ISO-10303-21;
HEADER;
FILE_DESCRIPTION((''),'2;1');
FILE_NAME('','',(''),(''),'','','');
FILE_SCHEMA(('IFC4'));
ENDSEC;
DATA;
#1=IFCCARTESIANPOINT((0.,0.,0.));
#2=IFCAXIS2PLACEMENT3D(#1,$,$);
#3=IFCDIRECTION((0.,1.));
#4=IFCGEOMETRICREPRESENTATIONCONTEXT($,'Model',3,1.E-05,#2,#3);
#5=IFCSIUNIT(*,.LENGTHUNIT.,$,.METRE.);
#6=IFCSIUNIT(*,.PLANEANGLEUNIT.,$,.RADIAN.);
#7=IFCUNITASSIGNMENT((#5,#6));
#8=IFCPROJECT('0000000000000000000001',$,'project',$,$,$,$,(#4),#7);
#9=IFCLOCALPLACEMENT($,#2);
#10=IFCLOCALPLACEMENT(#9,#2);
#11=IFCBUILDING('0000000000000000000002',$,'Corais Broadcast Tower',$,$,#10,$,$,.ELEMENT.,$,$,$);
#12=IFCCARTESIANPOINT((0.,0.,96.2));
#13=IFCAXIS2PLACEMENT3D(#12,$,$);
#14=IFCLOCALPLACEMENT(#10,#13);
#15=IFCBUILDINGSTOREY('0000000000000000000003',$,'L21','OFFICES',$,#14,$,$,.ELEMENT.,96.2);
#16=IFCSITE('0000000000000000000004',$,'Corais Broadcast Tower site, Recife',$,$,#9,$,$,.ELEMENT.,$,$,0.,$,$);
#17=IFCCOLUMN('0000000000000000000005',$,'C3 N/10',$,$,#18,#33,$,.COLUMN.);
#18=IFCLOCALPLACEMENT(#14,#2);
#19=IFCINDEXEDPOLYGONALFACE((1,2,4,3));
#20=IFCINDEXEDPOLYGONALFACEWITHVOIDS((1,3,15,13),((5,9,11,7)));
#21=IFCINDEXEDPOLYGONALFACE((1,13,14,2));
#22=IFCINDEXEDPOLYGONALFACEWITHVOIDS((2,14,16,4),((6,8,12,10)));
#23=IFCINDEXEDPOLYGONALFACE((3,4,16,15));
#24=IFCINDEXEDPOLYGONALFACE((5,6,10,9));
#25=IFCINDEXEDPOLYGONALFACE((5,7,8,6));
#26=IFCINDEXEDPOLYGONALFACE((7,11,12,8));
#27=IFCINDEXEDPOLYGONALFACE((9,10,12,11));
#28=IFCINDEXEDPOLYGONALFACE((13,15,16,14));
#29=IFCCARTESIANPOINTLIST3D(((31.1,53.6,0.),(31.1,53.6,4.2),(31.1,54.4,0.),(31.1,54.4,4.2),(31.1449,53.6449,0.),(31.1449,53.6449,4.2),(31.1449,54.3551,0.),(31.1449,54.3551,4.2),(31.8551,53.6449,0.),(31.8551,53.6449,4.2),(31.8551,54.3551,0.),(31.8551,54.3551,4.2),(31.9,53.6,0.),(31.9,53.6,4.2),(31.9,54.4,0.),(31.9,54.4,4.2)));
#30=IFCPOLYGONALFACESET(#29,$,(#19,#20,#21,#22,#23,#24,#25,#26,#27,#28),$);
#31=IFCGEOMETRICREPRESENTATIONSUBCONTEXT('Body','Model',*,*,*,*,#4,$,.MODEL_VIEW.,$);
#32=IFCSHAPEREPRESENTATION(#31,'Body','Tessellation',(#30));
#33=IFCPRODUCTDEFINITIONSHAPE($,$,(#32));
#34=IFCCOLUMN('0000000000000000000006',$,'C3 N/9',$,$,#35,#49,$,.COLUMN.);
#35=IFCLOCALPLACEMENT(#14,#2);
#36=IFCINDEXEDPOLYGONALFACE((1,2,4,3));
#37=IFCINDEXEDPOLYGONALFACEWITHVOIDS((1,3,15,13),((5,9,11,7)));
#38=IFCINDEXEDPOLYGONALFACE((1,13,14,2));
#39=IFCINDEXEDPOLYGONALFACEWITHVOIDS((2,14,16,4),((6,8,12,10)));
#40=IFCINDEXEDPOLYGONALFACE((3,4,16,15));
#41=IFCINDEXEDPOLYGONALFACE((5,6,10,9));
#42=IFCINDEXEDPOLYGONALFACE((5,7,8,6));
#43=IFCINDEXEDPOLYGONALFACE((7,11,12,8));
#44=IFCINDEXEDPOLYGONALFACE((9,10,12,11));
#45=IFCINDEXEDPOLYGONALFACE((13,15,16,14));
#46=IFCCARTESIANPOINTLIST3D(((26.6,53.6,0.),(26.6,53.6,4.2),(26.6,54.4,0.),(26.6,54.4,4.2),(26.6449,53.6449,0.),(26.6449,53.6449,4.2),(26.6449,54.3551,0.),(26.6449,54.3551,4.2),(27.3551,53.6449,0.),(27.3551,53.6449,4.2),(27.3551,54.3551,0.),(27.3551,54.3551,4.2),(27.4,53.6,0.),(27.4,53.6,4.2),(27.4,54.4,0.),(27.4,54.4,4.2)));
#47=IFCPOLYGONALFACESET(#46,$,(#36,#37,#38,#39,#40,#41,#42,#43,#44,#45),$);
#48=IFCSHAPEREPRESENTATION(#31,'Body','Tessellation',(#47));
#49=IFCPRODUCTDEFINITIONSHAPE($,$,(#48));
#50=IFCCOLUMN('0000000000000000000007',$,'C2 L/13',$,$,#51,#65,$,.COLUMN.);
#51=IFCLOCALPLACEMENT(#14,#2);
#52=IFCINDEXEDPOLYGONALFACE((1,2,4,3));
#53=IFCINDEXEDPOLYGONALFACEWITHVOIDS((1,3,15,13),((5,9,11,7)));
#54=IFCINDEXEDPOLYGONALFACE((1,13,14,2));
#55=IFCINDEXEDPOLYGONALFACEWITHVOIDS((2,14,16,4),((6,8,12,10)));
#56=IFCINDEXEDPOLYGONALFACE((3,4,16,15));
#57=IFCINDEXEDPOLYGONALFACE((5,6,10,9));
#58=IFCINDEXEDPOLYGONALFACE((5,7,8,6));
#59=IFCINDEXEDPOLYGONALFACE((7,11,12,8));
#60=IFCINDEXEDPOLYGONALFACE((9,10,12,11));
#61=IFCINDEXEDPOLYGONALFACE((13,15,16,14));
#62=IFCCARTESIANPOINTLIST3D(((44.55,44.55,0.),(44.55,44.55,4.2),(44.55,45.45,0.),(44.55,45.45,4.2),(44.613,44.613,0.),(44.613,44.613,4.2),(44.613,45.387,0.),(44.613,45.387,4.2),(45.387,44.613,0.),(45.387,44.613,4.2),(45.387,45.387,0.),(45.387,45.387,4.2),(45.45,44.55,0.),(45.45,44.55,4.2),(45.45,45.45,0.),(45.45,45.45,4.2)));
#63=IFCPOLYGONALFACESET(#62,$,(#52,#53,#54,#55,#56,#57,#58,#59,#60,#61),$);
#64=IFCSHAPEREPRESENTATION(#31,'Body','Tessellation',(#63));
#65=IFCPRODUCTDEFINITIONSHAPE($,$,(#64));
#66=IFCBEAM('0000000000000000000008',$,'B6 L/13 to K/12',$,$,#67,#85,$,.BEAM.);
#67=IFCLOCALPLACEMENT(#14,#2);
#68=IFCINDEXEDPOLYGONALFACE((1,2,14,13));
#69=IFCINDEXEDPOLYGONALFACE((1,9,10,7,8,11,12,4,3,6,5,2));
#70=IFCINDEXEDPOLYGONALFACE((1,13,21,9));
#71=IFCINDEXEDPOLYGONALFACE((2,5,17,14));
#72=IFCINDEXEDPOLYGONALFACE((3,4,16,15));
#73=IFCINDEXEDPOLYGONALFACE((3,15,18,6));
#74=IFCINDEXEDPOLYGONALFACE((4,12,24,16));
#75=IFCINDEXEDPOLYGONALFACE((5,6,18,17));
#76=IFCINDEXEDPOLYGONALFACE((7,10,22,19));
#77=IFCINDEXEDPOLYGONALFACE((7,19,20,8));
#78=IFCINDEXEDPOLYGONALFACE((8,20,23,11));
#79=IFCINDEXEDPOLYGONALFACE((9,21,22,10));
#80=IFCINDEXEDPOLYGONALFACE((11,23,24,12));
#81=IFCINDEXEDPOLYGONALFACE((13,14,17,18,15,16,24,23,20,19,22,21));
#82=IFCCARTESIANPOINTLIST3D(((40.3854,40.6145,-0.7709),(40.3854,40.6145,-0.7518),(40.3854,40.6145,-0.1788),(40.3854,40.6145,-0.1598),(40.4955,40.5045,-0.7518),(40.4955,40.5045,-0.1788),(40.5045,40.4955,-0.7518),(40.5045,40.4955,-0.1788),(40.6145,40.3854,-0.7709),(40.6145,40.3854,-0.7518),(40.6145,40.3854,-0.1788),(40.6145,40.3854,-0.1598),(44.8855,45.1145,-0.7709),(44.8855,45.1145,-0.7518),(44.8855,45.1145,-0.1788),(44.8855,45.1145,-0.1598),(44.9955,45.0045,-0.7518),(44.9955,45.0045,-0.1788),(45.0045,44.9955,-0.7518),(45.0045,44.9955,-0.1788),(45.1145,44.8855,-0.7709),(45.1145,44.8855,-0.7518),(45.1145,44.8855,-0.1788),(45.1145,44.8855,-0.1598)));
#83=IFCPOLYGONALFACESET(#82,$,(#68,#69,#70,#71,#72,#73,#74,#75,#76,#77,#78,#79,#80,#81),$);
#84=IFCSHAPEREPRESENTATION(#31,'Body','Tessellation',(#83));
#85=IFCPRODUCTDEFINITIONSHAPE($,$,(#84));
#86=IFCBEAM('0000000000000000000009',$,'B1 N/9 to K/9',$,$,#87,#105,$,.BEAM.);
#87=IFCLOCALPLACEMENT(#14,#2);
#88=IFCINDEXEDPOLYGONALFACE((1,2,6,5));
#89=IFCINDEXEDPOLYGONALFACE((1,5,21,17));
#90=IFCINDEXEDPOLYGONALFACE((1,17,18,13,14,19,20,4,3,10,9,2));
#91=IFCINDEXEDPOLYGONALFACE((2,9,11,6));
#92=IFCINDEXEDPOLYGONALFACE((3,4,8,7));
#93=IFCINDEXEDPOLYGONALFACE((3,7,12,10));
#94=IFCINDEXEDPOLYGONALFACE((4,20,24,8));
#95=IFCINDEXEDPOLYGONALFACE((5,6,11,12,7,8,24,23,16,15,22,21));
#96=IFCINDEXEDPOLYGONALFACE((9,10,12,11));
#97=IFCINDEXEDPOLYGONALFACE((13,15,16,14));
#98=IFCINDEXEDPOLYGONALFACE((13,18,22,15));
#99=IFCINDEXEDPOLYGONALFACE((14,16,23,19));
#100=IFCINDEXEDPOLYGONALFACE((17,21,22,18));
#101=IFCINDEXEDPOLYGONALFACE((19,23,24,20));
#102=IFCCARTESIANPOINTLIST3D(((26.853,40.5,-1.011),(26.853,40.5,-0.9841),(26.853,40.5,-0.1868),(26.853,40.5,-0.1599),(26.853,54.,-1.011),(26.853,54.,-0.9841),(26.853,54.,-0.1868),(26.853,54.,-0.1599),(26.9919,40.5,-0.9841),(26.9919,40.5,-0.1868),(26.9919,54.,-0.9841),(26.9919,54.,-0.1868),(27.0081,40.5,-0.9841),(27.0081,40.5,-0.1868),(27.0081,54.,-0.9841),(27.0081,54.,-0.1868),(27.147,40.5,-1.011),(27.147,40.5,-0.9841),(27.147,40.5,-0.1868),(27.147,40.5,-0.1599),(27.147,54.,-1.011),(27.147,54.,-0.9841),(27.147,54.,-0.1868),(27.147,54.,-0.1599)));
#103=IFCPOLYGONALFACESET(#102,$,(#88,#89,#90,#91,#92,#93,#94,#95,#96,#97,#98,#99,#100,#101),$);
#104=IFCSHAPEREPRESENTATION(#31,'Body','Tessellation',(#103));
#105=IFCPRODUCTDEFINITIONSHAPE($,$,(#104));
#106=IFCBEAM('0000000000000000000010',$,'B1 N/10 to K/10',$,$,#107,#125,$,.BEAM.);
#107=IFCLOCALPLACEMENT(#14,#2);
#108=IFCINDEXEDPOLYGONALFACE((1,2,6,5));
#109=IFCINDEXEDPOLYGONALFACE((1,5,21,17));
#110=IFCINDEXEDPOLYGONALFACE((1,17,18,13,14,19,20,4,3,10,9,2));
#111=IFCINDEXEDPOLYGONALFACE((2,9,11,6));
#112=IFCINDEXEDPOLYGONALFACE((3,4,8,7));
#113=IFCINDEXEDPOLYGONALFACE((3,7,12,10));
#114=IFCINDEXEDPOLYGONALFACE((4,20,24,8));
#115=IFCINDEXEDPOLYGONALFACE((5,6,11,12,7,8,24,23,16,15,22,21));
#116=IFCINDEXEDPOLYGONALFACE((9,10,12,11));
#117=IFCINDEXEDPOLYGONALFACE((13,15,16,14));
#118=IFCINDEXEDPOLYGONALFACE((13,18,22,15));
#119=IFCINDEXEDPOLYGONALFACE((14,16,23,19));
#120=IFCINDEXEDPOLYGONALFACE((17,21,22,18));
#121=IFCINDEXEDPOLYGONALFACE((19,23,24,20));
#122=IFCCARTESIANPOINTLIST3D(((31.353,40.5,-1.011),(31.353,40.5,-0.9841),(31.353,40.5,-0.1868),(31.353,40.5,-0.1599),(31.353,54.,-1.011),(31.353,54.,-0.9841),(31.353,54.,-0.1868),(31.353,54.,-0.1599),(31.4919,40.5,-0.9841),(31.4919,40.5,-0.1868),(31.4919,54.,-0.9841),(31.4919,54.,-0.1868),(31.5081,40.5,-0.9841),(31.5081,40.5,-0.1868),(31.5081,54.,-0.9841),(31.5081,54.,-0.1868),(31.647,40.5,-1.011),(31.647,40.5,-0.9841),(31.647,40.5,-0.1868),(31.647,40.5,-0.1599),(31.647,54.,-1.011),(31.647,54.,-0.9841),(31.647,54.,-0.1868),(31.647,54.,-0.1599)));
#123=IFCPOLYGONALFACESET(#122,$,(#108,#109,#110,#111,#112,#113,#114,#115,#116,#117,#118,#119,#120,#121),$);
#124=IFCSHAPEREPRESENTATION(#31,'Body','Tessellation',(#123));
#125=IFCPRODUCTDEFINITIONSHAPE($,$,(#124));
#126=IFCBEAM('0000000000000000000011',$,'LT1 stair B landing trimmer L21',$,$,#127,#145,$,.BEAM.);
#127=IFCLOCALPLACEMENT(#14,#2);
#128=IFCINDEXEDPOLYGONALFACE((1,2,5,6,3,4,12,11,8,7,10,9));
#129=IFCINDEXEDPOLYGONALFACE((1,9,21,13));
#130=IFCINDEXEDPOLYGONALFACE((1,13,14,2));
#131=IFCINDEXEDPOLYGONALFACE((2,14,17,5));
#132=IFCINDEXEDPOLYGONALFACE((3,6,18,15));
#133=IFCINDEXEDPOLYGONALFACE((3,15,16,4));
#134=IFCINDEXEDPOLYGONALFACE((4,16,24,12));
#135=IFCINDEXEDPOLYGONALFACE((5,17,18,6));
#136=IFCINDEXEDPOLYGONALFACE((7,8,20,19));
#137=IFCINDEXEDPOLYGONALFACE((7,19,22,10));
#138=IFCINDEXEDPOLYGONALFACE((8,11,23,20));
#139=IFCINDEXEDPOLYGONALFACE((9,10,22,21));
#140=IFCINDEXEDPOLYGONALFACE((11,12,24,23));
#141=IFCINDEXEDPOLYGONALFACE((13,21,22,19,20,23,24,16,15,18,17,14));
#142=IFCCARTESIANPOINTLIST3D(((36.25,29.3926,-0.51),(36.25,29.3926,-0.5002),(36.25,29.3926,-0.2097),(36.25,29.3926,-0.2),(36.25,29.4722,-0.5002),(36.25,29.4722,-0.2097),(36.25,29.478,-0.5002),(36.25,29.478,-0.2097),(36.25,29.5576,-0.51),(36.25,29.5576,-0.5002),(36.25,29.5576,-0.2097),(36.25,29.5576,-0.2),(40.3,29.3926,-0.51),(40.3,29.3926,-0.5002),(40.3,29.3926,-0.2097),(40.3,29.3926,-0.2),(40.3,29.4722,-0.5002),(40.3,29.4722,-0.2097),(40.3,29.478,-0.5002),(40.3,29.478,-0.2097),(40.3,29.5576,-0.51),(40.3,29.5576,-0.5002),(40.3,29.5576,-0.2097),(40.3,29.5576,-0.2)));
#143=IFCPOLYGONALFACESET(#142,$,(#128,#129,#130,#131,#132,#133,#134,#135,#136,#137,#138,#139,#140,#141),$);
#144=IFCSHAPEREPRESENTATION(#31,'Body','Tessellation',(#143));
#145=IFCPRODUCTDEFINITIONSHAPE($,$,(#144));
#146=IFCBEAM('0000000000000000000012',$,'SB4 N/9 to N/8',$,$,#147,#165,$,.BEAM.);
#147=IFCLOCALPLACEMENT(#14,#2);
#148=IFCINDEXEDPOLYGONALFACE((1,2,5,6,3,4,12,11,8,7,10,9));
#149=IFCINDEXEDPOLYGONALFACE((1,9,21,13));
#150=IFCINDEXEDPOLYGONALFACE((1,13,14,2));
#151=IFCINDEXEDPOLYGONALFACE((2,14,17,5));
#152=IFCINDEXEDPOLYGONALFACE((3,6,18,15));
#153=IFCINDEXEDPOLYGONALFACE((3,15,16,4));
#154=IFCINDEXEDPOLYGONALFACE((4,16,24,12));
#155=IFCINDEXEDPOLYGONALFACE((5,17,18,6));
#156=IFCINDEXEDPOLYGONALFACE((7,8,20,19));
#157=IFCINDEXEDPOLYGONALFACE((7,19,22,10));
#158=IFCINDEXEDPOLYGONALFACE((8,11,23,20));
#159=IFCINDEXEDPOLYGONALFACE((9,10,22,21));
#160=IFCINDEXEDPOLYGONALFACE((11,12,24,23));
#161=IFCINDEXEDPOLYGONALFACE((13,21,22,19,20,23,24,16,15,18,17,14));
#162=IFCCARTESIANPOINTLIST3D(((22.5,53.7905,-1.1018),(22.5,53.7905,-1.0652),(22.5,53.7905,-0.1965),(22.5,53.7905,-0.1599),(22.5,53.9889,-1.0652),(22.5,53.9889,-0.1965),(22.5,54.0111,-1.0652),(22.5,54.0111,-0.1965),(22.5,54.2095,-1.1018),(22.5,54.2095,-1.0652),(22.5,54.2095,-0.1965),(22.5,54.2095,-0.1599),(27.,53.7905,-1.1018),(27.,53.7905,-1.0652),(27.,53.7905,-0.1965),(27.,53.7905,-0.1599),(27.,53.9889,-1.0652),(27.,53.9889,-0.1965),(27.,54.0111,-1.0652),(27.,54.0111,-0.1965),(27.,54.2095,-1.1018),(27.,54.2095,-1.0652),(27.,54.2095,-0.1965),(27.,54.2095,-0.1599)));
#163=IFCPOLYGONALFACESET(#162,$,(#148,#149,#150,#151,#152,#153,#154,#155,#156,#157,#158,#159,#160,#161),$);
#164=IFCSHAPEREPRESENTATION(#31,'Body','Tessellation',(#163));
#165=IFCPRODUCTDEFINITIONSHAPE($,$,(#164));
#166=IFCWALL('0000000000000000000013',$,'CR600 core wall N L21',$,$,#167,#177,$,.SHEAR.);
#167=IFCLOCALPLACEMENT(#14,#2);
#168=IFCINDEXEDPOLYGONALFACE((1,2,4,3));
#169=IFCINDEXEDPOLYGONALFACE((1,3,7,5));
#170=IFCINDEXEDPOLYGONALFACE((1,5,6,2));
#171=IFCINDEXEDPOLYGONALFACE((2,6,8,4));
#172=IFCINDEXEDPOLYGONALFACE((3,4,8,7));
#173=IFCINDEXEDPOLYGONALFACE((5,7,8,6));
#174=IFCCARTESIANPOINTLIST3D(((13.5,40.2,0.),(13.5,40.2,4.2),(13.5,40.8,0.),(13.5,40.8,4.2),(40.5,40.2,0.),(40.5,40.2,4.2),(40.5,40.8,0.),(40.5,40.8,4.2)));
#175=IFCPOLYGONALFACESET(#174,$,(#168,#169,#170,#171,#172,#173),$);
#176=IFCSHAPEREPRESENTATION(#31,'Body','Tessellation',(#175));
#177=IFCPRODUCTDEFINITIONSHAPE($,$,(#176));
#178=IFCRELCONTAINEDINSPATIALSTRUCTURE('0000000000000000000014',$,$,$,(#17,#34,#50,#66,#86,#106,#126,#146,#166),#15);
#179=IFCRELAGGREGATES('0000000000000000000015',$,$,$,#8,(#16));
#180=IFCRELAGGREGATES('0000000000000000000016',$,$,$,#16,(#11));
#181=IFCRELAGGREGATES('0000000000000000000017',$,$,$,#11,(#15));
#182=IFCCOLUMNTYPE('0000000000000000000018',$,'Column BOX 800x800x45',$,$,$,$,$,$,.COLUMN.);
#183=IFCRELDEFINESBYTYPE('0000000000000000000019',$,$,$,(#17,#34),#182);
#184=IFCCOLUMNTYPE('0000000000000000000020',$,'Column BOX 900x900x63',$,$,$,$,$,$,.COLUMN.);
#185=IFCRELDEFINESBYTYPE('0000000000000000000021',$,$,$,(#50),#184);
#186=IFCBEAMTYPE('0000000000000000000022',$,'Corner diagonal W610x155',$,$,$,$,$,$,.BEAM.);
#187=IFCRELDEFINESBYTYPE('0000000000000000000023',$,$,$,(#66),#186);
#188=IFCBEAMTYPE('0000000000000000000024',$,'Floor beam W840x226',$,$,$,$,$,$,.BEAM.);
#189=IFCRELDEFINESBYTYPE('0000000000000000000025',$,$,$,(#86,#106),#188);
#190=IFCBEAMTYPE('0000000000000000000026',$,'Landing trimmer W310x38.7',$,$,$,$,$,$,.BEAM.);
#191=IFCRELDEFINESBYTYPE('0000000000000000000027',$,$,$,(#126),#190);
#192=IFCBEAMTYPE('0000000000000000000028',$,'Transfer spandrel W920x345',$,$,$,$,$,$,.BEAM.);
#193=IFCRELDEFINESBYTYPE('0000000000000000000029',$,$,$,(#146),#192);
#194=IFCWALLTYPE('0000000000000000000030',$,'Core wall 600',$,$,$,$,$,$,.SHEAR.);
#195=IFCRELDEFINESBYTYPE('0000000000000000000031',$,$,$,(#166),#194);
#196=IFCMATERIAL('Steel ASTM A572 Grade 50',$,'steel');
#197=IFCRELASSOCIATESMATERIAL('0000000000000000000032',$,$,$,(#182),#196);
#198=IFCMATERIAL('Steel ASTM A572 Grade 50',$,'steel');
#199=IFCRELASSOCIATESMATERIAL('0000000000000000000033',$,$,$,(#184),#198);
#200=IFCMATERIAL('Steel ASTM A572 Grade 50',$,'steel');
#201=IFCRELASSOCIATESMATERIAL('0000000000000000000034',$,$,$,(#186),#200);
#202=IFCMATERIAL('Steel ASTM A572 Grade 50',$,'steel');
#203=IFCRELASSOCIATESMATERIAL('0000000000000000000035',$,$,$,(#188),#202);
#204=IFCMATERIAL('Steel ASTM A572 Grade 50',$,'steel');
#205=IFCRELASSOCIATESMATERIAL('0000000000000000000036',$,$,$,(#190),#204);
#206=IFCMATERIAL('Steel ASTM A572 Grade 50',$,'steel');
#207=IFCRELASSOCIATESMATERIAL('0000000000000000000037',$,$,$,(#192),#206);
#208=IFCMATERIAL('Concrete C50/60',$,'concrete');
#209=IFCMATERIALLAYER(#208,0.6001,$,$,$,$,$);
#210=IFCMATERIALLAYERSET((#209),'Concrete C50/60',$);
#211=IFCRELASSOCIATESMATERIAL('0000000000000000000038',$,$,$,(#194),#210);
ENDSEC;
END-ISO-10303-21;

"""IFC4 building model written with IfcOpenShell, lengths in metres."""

from ifc_helpers import new_model, si_unit, direction, frame, frame_2d, origin, origin_2d, place, context, subcontext, project, spatial, rectangle, hollow_rectangle, i_section, extrude, material, layer, layer_set, material_profile, profile_set, type_object, element, save


model = new_model("IFC4")

# Units and contexts
model_context = context("Model", 3, precision=1e-05, world=origin(), true_north=direction((0.0, 1.0)))
body_context = subcontext(model_context, "Body", "Model", "MODEL_VIEW")
ifc_project = project(units=[si_unit("LENGTHUNIT", "METRE"), si_unit("PLANEANGLEUNIT", "RADIAN")], contexts=[model_context])

# Site, building, storey
site_placement = place(None, origin())
site = spatial("IfcSite", under=ifc_project, at=site_placement, Name="Corais Broadcast Tower site, Recife", CompositionType="ELEMENT", RefElevation=0.0)
building_placement = place(site_placement, origin())
building = spatial("IfcBuilding", under=site, at=building_placement, Name="Corais Broadcast Tower", CompositionType="ELEMENT")
storey_placement = place(building_placement, frame((0.0, 0.0, 96.2)))
storey = spatial("IfcBuildingStorey", under=building, at=storey_placement, Name="L21", Description="OFFICES", CompositionType="ELEMENT", Elevation=96.2)

# Columns
ifc_material_1 = material(Name="Steel ASTM A572 Grade 50", Category="steel")
ifc_material_profile_1 = material_profile(ifc_material_1, hollow_rectangle(XDim=0.8, YDim=0.8, WallThickness=0.0449, at=origin_2d()), Name="BOX 800x800x45")
ifc_profile_set_1 = profile_set([ifc_material_profile_1], Name="Steel ASTM A572 Grade 50")
column_type_1 = type_object("IfcColumnType", Name="Column BOX 800x800x45", PredefinedType="COLUMN", material=ifc_profile_set_1)
for number, where, z_axis, x_axis, name in (
    (1, (31.5, 54.0, 0.0), (0.0, 0.0, 1.0), (1.0, 0.0, 0.0), "C3 N/10"),
    (2, (27.0, 54.0, 0.0), (0.0, 0.0, 1.0), (1.0, 0.0, 0.0), "C3 N/9"),
):
    element("IfcColumn", number, at=place(storey_placement, frame(where, z_axis=z_axis, x_axis=x_axis)), inside=storey, type_object=column_type_1, Name=name, PredefinedType="COLUMN", context=body_context, shape_type="SweptSolid", body=[
        extrude(hollow_rectangle(XDim=0.8, YDim=0.8, WallThickness=0.0449, at=origin_2d()), origin(), (0.0, 0.0, 1.0), 4.2),
    ])
ifc_material_2 = material(Name="Steel ASTM A572 Grade 50", Category="steel")
ifc_material_profile_2 = material_profile(ifc_material_2, hollow_rectangle(XDim=0.8999, YDim=0.8999, WallThickness=0.063, at=origin_2d()), Name="BOX 900x900x63")
ifc_profile_set_2 = profile_set([ifc_material_profile_2], Name="Steel ASTM A572 Grade 50")
column_type_2 = type_object("IfcColumnType", Name="Column BOX 900x900x63", PredefinedType="COLUMN", material=ifc_profile_set_2)
column_placement = place(storey_placement, frame((45.0, 45.0, 0.0), z_axis=(0.0, 0.0, 1.0), x_axis=(1.0, 0.0, 0.0)))
element("IfcColumn", 3, at=column_placement, inside=storey, type_object=column_type_2, Name="C2 L/13", PredefinedType="COLUMN", context=body_context, shape_type="SweptSolid", body=[
    extrude(hollow_rectangle(XDim=0.8999, YDim=0.8999, WallThickness=0.063, at=origin_2d()), origin(), (0.0, 0.0, 1.0), 4.2),
])

# Beams
ifc_material_3 = material(Name="Steel ASTM A572 Grade 50", Category="steel")
ifc_material_profile_3 = material_profile(ifc_material_3, i_section(OverallWidth=0.324, OverallDepth=0.6111, WebThickness=0.0127, FlangeThickness=0.019, at=origin_2d()), Name="W610x155")
ifc_profile_set_3 = profile_set([ifc_material_profile_3], Name="Steel ASTM A572 Grade 50")
beam_type_1 = type_object("IfcBeamType", Name="Corner diagonal W610x155", PredefinedType="BEAM", material=ifc_profile_set_3)
beam_1_placement = place(storey_placement, frame((45.0, 45.0, -0.4653), z_axis=(-0.707107, -0.707107, 0.0), x_axis=(0.707107, -0.707107, 0.0)))
element("IfcBeam", 4, at=beam_1_placement, inside=storey, type_object=beam_type_1, Name="B6 L/13 to K/12", PredefinedType="BEAM", context=body_context, shape_type="SweptSolid", body=[
    extrude(i_section(OverallWidth=0.324, OverallDepth=0.6111, WebThickness=0.0127, FlangeThickness=0.019, at=origin_2d()), origin(), (0.0, 0.0, 1.0), 6.364),
])
ifc_material_4 = material(Name="Steel ASTM A572 Grade 50", Category="steel")
ifc_material_profile_4 = material_profile(ifc_material_4, i_section(OverallWidth=0.2939, OverallDepth=0.8511, WebThickness=0.0161, FlangeThickness=0.0269, at=origin_2d()), Name="W840x226")
ifc_profile_set_4 = profile_set([ifc_material_profile_4], Name="Steel ASTM A572 Grade 50")
beam_type_2 = type_object("IfcBeamType", Name="Floor beam W840x226", PredefinedType="BEAM", material=ifc_profile_set_4)
for number, where, z_axis, x_axis, name in (
    (5, (27.0, 54.0, -0.5854), (0.0, -1.0, 0.0), (1.0, 0.0, 0.0), "B1 N/9 to K/9"),
    (6, (31.5, 54.0, -0.5854), (0.0, -1.0, 0.0), (1.0, 0.0, 0.0), "B1 N/10 to K/10"),
):
    element("IfcBeam", number, at=place(storey_placement, frame(where, z_axis=z_axis, x_axis=x_axis)), inside=storey, type_object=beam_type_2, Name=name, PredefinedType="BEAM", context=body_context, shape_type="SweptSolid", body=[
        extrude(i_section(OverallWidth=0.2939, OverallDepth=0.8511, WebThickness=0.0161, FlangeThickness=0.0269, at=origin_2d()), origin(), (0.0, 0.0, 1.0), 13.5),
    ])
ifc_material_5 = material(Name="Steel ASTM A572 Grade 50", Category="steel")
ifc_material_profile_5 = material_profile(ifc_material_5, i_section(OverallWidth=0.165, OverallDepth=0.3101, WebThickness=0.0059, FlangeThickness=0.0098, at=origin_2d()), Name="W310x38.7")
ifc_profile_set_5 = profile_set([ifc_material_profile_5], Name="Steel ASTM A572 Grade 50")
beam_type_3 = type_object("IfcBeamType", Name="Landing trimmer W310x38.7", PredefinedType="BEAM", material=ifc_profile_set_5)
beam_2_placement = place(storey_placement, frame((36.25, 29.4751, -0.355), z_axis=(1.0, 0.0, 0.0), x_axis=(0.0, 1.0, 0.0)))
element("IfcBeam", 7, at=beam_2_placement, inside=storey, type_object=beam_type_3, Name="LT1 stair B landing trimmer L21", PredefinedType="BEAM", context=body_context, shape_type="SweptSolid", body=[
    extrude(i_section(OverallWidth=0.165, OverallDepth=0.3101, WebThickness=0.0059, FlangeThickness=0.0098, at=origin_2d()), origin(), (0.0, 0.0, 1.0), 4.05),
])
ifc_material_6 = material(Name="Steel ASTM A572 Grade 50", Category="steel")
ifc_material_profile_6 = material_profile(ifc_material_6, i_section(OverallWidth=0.4189, OverallDepth=0.9419, WebThickness=0.0222, FlangeThickness=0.0366, at=origin_2d()), Name="W920x345")
ifc_profile_set_6 = profile_set([ifc_material_profile_6], Name="Steel ASTM A572 Grade 50")
beam_type_4 = type_object("IfcBeamType", Name="Transfer spandrel W920x345", PredefinedType="BEAM", material=ifc_profile_set_6)
beam_3_placement = place(storey_placement, frame((27.0, 54.0, -0.6309), z_axis=(-1.0, 0.0, 0.0), x_axis=(0.0, -1.0, 0.0)))
element("IfcBeam", 8, at=beam_3_placement, inside=storey, type_object=beam_type_4, Name="SB4 N/9 to N/8", PredefinedType="BEAM", context=body_context, shape_type="SweptSolid", body=[
    extrude(i_section(OverallWidth=0.4189, OverallDepth=0.9419, WebThickness=0.0222, FlangeThickness=0.0366, at=origin_2d()), origin(), (0.0, 0.0, 1.0), 4.5),
])

# Wall
ifc_material_7 = material(Name="Concrete C50/60", Category="concrete")
ifc_layer_1 = layer(ifc_material_7, 0.6001)
ifc_layer_set_1 = layer_set([ifc_layer_1], Name="Concrete C50/60")
wall_type_1 = type_object("IfcWallType", Name="Core wall 600", PredefinedType="SHEAR", material=ifc_layer_set_1)
wall_1_placement = place(storey_placement, frame((40.5, 40.5, 0.0), z_axis=(0.0, 0.0, 1.0), x_axis=(-1.0, 0.0, 0.0)))
element("IfcWall", 9, at=wall_1_placement, inside=storey, type_object=wall_type_1, Name="CR600 core wall N L21", PredefinedType="SHEAR", context=body_context, shape_type="SweptSolid", body=[
    extrude(rectangle(XDim=27.0, YDim=0.6001, at=frame_2d((13.5, 0.0))), origin(), (0.0, 0.0, 1.0), 4.2),
])

save(model, "model.ifc")
